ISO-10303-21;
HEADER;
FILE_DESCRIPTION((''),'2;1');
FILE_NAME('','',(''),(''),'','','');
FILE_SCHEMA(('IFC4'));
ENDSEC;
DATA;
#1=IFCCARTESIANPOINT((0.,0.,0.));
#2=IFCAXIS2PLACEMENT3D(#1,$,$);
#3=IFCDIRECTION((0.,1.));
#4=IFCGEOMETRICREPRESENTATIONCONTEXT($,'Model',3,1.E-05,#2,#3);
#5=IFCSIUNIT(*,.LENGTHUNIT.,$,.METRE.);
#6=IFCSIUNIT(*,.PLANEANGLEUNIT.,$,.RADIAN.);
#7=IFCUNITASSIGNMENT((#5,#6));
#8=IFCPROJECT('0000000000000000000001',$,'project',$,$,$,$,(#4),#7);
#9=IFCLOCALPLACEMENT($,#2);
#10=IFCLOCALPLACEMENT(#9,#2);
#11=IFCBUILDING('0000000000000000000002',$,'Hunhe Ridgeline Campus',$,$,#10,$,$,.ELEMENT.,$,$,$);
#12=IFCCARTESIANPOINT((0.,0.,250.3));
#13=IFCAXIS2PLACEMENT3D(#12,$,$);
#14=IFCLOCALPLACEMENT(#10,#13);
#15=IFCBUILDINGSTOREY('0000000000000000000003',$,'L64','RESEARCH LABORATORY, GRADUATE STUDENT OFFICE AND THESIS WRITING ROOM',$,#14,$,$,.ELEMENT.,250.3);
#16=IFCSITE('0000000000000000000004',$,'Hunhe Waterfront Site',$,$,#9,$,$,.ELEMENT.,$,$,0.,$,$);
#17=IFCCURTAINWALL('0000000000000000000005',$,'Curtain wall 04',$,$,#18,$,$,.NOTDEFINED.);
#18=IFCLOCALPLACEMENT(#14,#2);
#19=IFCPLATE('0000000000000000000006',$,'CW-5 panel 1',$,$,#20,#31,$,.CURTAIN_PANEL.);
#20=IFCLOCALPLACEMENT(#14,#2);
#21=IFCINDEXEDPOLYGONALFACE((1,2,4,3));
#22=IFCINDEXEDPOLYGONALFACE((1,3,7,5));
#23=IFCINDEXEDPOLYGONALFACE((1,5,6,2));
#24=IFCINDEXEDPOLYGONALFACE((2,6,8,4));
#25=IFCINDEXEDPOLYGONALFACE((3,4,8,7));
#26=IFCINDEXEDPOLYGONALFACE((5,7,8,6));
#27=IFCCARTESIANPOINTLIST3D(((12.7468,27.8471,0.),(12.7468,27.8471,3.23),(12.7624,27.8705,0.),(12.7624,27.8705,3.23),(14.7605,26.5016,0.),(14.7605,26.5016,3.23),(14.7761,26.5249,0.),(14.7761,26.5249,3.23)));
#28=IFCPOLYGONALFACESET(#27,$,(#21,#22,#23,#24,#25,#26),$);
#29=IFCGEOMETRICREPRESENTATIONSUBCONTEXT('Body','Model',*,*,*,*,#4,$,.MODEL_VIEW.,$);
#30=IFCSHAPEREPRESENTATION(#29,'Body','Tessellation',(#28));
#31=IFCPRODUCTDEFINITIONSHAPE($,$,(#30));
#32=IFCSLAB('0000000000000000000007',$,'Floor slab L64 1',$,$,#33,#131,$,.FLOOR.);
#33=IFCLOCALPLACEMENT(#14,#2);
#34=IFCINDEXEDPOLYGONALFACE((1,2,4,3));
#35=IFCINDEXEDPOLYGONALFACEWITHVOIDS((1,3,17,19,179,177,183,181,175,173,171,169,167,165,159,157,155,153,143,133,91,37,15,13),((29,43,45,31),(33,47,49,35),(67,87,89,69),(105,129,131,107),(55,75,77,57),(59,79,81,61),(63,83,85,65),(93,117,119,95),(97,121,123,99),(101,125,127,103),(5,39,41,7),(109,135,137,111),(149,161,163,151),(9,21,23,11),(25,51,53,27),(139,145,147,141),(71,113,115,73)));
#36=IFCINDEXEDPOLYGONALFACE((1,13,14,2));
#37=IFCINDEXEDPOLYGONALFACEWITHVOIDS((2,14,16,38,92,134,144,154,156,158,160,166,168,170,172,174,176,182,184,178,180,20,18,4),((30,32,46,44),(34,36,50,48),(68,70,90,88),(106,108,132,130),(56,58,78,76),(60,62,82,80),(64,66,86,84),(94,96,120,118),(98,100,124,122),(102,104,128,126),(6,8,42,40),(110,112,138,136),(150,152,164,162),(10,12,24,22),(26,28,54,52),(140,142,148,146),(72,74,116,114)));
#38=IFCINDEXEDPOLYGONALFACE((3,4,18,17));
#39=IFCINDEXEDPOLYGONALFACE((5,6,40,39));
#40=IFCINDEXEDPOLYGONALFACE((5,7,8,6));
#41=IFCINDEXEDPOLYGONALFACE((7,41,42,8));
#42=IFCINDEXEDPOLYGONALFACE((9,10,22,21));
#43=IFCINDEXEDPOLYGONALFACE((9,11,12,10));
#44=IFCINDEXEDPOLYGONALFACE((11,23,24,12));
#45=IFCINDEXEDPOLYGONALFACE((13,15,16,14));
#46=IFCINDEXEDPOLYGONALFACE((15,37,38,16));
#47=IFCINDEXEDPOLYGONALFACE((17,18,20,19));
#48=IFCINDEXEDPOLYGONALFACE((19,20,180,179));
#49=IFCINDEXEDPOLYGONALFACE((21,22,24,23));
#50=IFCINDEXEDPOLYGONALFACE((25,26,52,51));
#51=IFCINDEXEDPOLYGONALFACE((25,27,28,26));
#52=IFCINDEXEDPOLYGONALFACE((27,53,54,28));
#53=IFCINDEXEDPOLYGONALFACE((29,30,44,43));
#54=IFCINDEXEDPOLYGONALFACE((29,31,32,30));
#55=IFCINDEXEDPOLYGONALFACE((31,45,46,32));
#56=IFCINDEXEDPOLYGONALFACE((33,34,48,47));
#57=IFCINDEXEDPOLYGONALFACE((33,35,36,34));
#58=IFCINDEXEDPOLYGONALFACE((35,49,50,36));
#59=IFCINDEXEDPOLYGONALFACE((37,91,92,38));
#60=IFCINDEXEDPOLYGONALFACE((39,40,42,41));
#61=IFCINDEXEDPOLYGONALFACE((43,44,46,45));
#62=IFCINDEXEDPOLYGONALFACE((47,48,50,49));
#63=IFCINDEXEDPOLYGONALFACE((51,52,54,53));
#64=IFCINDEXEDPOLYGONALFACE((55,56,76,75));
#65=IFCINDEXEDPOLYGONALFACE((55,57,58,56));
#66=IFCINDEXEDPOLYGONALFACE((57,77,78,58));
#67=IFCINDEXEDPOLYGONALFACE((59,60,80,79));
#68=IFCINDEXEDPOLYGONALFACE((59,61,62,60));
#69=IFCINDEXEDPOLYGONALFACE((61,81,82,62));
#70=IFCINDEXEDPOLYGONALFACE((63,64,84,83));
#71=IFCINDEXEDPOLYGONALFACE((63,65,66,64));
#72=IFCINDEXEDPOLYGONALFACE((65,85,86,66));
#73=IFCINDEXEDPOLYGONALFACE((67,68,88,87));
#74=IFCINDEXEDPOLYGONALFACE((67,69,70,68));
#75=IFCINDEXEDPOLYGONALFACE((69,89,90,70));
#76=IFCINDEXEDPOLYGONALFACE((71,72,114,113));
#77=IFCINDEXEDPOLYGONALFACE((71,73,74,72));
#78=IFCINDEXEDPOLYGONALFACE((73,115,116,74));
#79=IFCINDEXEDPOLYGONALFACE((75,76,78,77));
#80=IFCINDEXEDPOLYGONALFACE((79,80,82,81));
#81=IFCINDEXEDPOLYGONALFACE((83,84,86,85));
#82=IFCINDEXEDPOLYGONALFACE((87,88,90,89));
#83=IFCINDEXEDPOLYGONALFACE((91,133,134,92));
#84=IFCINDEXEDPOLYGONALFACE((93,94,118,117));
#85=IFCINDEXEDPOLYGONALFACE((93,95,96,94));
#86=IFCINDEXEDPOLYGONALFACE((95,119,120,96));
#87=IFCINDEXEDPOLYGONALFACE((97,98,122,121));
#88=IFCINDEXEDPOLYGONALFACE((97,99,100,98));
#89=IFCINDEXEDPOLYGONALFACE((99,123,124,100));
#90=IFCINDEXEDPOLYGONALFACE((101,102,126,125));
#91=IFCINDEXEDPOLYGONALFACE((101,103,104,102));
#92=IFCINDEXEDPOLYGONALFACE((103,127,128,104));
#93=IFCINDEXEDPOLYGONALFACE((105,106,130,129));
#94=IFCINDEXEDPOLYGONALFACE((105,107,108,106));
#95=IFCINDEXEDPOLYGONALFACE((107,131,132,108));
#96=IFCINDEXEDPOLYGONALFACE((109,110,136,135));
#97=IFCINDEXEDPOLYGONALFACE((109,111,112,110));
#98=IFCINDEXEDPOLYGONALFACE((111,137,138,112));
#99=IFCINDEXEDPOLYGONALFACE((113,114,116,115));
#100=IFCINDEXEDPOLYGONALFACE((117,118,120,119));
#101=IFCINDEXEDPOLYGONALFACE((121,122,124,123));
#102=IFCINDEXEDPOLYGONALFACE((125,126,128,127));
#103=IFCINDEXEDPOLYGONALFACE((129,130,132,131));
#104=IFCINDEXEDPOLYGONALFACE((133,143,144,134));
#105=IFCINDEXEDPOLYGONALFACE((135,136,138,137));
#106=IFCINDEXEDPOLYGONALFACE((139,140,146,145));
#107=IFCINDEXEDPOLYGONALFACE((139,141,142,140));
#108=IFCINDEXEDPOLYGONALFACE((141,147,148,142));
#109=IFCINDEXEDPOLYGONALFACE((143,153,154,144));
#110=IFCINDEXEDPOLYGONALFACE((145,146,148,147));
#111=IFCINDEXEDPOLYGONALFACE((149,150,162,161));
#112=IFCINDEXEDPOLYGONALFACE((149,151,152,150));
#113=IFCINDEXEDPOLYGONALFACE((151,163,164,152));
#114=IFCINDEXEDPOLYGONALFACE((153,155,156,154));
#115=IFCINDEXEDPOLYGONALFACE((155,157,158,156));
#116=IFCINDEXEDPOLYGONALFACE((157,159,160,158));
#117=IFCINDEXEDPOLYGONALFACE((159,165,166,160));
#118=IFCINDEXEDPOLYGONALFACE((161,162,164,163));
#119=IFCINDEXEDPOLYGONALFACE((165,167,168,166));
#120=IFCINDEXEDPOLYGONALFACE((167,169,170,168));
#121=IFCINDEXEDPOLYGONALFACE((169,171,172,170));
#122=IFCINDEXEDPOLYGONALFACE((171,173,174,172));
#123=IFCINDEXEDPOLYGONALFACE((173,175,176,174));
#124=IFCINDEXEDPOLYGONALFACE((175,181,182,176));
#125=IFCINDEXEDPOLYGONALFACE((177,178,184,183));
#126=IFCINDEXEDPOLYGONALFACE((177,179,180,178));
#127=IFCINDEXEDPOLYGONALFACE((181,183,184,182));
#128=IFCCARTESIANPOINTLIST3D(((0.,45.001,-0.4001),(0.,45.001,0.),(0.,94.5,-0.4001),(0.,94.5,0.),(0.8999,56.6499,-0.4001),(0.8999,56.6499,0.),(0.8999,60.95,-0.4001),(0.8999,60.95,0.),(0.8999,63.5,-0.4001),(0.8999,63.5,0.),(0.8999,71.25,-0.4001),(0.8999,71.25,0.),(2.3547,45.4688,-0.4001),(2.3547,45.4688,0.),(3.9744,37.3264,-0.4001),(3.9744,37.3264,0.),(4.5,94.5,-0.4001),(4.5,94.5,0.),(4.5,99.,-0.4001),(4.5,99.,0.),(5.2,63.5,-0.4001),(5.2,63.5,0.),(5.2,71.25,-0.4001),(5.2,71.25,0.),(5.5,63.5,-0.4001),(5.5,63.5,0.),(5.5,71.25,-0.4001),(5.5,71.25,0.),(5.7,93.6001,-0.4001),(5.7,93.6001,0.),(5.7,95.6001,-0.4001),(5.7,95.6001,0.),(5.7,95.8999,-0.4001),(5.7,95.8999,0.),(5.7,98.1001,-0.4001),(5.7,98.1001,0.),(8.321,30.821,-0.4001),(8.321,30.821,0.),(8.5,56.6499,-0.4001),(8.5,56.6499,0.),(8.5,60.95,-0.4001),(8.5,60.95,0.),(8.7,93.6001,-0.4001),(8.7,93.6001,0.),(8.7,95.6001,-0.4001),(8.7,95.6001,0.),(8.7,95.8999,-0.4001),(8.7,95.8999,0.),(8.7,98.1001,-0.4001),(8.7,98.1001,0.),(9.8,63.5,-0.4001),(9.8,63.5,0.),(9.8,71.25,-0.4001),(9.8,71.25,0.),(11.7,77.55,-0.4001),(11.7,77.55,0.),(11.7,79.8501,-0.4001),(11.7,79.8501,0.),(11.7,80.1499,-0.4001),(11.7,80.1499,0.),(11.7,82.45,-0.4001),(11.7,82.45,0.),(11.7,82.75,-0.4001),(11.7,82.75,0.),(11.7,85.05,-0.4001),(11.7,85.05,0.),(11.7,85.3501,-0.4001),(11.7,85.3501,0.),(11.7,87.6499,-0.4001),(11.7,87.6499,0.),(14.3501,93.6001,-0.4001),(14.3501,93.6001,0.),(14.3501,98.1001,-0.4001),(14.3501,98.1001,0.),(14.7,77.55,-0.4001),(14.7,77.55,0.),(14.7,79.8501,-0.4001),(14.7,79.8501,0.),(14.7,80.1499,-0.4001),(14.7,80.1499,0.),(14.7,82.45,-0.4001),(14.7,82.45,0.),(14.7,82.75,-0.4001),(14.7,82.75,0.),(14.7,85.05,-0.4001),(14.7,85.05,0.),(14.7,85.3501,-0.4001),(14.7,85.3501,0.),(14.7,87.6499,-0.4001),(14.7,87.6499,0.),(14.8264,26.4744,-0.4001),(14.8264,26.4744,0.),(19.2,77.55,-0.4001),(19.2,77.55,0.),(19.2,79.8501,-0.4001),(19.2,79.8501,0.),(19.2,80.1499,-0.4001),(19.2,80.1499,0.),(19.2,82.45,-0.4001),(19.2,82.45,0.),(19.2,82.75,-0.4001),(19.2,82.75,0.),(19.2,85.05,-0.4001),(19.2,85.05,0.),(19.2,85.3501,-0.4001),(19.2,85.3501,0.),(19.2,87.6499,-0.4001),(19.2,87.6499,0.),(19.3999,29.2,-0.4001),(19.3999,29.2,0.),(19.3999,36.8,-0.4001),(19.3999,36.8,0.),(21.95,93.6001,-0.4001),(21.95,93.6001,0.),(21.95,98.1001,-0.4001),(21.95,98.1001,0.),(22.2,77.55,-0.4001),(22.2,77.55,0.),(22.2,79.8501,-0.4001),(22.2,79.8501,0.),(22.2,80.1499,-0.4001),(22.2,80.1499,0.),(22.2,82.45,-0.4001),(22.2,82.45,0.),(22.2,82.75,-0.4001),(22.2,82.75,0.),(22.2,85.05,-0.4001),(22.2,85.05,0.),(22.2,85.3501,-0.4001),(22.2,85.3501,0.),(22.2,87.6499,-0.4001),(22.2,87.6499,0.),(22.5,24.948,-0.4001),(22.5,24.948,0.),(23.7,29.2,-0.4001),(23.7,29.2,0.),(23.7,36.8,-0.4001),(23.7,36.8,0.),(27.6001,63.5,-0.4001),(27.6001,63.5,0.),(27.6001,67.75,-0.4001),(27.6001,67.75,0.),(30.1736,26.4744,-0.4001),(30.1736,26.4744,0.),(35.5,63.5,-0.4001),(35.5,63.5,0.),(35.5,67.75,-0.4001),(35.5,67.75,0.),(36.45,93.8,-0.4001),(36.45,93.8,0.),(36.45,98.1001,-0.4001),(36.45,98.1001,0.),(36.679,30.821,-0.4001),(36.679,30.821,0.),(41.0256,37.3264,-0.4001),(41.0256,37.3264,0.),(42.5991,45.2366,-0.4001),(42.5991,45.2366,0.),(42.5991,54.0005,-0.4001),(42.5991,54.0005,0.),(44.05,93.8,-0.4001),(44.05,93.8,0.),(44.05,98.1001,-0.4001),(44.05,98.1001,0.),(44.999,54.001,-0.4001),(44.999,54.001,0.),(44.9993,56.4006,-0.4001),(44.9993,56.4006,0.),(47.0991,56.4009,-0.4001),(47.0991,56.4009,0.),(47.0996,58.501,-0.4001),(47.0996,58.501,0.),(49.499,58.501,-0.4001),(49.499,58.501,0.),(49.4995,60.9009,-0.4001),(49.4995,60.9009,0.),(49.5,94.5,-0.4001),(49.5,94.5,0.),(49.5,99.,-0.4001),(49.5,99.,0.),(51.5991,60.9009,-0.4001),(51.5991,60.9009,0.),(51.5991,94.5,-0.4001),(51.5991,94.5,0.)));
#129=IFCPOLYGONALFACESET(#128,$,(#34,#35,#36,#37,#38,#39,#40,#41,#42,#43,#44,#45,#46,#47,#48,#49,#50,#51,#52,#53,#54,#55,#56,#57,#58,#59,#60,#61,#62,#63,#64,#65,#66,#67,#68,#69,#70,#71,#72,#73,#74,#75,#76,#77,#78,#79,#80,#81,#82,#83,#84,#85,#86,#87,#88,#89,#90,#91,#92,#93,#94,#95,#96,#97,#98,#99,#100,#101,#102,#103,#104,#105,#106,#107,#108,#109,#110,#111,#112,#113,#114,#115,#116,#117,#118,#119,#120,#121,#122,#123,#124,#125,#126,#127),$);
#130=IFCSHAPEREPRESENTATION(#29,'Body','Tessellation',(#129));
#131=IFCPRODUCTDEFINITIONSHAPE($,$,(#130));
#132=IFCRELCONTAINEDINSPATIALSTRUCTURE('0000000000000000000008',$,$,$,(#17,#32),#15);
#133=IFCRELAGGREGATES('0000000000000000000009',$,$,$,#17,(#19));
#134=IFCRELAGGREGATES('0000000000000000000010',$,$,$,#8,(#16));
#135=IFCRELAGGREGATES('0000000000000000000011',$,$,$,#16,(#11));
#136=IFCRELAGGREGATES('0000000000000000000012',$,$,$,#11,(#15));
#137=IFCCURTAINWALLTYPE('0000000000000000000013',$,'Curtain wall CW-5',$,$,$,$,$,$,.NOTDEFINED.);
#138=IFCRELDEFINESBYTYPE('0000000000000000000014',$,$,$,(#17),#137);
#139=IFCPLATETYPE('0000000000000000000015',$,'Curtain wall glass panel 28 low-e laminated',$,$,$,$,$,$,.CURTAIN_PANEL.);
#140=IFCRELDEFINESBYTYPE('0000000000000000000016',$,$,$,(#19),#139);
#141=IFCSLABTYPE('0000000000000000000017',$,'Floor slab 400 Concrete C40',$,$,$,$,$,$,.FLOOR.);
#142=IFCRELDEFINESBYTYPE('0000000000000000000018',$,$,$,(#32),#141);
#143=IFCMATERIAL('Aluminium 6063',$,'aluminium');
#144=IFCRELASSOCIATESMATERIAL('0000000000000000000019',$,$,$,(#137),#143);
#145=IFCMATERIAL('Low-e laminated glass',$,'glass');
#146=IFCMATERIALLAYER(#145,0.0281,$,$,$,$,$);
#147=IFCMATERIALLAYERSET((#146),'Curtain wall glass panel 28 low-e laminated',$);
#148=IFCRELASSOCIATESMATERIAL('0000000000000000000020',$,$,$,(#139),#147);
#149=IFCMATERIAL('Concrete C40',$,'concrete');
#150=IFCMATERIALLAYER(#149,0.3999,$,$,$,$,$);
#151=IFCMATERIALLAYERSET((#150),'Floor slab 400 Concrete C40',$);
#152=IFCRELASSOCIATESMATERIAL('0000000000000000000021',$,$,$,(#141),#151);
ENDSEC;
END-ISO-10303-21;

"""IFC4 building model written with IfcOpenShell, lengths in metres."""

from ifc_helpers import new_model, si_unit, direction, frame, origin, origin_2d, place, context, subcontext, project, spatial, polyline, rectangle, outline, extrude, material, layer, layer_set, type_object, element, aggregate, save


model = new_model("IFC4")

# Units and contexts
model_context = context("Model", 3, precision=1e-05, world=origin(), true_north=direction((0.0, 1.0)))
body_context = subcontext(model_context, "Body", "Model", "MODEL_VIEW")
ifc_project = project(units=[si_unit("LENGTHUNIT", "METRE"), si_unit("PLANEANGLEUNIT", "RADIAN")], contexts=[model_context])

# Site, building, storey
site_placement = place(None, origin())
site = spatial("IfcSite", under=ifc_project, at=site_placement, Name="Hunhe Waterfront Site", CompositionType="ELEMENT", RefElevation=0.0)
building_placement = place(site_placement, origin())
building = spatial("IfcBuilding", under=site, at=building_placement, Name="Hunhe Ridgeline Campus", CompositionType="ELEMENT")
storey_placement = place(building_placement, frame((0.0, 0.0, 250.3)))
storey = spatial("IfcBuildingStorey", under=building, at=storey_placement, Name="L64", Description="RESEARCH LABORATORY, GRADUATE STUDENT OFFICE AND THESIS WRITING ROOM", CompositionType="ELEMENT", Elevation=250.3)

# Shared definitions
ifc_material_1 = material(Name="Aluminium 6063", Category="aluminium")
curtain_wall_type = type_object("IfcCurtainWallType", Name="Curtain wall CW-5", PredefinedType="NOTDEFINED", material=ifc_material_1)

# Curtain wall
curtain_wall_1_placement = place(storey_placement, origin())
curtain_wall_1 = element("IfcCurtainWall", 1, at=curtain_wall_1_placement, inside=storey, type_object=curtain_wall_type, Name="Curtain wall 04", PredefinedType="NOTDEFINED")

# Plate
ifc_material_2 = material(Name="Low-e laminated glass", Category="glass")
ifc_layer_1 = layer(ifc_material_2, 0.0281)
ifc_layer_set_1 = layer_set([ifc_layer_1], Name="Curtain wall glass panel 28 low-e laminated")
plate_type = type_object("IfcPlateType", Name="Curtain wall glass panel 28 low-e laminated", PredefinedType="CURTAIN_PANEL", material=ifc_layer_set_1)
plate_1_placement = place(storey_placement, frame((13.7615, 27.186, 0.0), z_axis=(0.0, 0.0, 1.0), x_axis=(0.83147, -0.55557, 0.0)))
plate_1 = element("IfcPlate", 2, at=plate_1_placement, type_object=plate_type, Name="CW-5 panel 1", PredefinedType="CURTAIN_PANEL", context=body_context, shape_type="SweptSolid", body=[
    extrude(rectangle(XDim=2.4219, YDim=0.0281, at=origin_2d()), origin(), (0.0, 0.0, 1.0), 3.23),
])
aggregate(curtain_wall_1, [plate_1])

# Slab
ifc_material_3 = material(Name="Concrete C40", Category="concrete")
ifc_layer_2 = layer(ifc_material_3, 0.3999)
ifc_layer_set_2 = layer_set([ifc_layer_2], Name="Floor slab 400 Concrete C40")
slab_type_1 = type_object("IfcSlabType", Name="Floor slab 400 Concrete C40", PredefinedType="FLOOR", material=ifc_layer_set_2)
slab_1_placement = place(storey_placement, frame((0.0, 0.0, -0.4001)))
element("IfcSlab", 3, at=slab_1_placement, inside=storey, type_object=slab_type_1, Name="Floor slab L64 1", PredefinedType="FLOOR", context=body_context, shape_type="SweptSolid", body=[
    extrude(outline(polyline([(36.679, 30.821), (41.0256, 37.3264), (42.5991, 45.2366), (42.5991, 54.0005), (44.999, 54.001), (44.9993, 56.4006), (47.0991, 56.4009), (47.0996, 58.501), (49.499, 58.501), (49.4995, 60.9009), (51.5991, 60.9009), (51.5991, 94.5), (49.5, 94.5), (49.5, 99.0), (4.5, 99.0), (4.5, 94.5), (0.0, 94.5), (0.0, 45.001), (2.3547, 45.4688), (3.9744, 37.3264), (8.321, 30.821), (14.8264, 26.4744), (22.5, 24.948), (30.1736, 26.4744), (36.679, 30.821)]), holes=[polyline([(36.45, 98.1001), (36.45, 93.8), (44.05, 93.8), (44.05, 98.1001), (36.45, 98.1001)]), polyline([(27.6001, 63.5), (35.5, 63.5), (35.5, 67.75), (27.6001, 67.75), (27.6001, 63.5)]), polyline([(19.3999, 36.8), (19.3999, 29.2), (23.7, 29.2), (23.7, 36.8), (19.3999, 36.8)]), polyline([(22.2, 87.6499), (19.2, 87.6499), (19.2, 85.3501), (22.2, 85.3501), (22.2, 87.6499)]), polyline([(22.2, 77.55), (22.2, 79.8501), (19.2, 79.8501), (19.2, 77.55), (22.2, 77.55)]), polyline([(19.2, 85.05), (19.2, 82.75), (22.2, 82.75), (22.2, 85.05), (19.2, 85.05)]), polyline([(19.2, 80.1499), (22.2, 80.1499), (22.2, 82.45), (19.2, 82.45), (19.2, 80.1499)]), polyline([(14.3501, 98.1001), (14.3501, 93.6001), (21.95, 93.6001), (21.95, 98.1001), (14.3501, 98.1001)]), polyline([(14.7, 87.6499), (11.7, 87.6499), (11.7, 85.3501), (14.7, 85.3501), (14.7, 87.6499)]), polyline([(14.7, 77.55), (14.7, 79.8501), (11.7, 79.8501), (11.7, 77.55), (14.7, 77.55)]), polyline([(11.7, 85.05), (11.7, 82.75), (14.7, 82.75), (14.7, 85.05), (11.7, 85.05)]), polyline([(11.7, 80.1499), (14.7, 80.1499), (14.7, 82.45), (11.7, 82.45), (11.7, 80.1499)]), polyline([(9.8, 63.5), (9.8, 71.25), (5.5, 71.25), (5.5, 63.5), (9.8, 63.5)]), polyline([(8.7, 93.6001), (8.7, 95.6001), (5.7, 95.6001), (5.7, 93.6001), (8.7, 93.6001)]), polyline([(5.7, 95.8999), (8.7, 95.8999), (8.7, 98.1001), (5.7, 98.1001), (5.7, 95.8999)]), polyline([(0.8999, 60.95), (0.8999, 56.6499), (8.5, 56.6499), (8.5, 60.95), (0.8999, 60.95)]), polyline([(5.2, 71.25), (0.8999, 71.25), (0.8999, 63.5), (5.2, 63.5), (5.2, 71.25)])]), origin(), (0.0, 0.0, 1.0), 0.4001),
])

save(model, "model.ifc")
